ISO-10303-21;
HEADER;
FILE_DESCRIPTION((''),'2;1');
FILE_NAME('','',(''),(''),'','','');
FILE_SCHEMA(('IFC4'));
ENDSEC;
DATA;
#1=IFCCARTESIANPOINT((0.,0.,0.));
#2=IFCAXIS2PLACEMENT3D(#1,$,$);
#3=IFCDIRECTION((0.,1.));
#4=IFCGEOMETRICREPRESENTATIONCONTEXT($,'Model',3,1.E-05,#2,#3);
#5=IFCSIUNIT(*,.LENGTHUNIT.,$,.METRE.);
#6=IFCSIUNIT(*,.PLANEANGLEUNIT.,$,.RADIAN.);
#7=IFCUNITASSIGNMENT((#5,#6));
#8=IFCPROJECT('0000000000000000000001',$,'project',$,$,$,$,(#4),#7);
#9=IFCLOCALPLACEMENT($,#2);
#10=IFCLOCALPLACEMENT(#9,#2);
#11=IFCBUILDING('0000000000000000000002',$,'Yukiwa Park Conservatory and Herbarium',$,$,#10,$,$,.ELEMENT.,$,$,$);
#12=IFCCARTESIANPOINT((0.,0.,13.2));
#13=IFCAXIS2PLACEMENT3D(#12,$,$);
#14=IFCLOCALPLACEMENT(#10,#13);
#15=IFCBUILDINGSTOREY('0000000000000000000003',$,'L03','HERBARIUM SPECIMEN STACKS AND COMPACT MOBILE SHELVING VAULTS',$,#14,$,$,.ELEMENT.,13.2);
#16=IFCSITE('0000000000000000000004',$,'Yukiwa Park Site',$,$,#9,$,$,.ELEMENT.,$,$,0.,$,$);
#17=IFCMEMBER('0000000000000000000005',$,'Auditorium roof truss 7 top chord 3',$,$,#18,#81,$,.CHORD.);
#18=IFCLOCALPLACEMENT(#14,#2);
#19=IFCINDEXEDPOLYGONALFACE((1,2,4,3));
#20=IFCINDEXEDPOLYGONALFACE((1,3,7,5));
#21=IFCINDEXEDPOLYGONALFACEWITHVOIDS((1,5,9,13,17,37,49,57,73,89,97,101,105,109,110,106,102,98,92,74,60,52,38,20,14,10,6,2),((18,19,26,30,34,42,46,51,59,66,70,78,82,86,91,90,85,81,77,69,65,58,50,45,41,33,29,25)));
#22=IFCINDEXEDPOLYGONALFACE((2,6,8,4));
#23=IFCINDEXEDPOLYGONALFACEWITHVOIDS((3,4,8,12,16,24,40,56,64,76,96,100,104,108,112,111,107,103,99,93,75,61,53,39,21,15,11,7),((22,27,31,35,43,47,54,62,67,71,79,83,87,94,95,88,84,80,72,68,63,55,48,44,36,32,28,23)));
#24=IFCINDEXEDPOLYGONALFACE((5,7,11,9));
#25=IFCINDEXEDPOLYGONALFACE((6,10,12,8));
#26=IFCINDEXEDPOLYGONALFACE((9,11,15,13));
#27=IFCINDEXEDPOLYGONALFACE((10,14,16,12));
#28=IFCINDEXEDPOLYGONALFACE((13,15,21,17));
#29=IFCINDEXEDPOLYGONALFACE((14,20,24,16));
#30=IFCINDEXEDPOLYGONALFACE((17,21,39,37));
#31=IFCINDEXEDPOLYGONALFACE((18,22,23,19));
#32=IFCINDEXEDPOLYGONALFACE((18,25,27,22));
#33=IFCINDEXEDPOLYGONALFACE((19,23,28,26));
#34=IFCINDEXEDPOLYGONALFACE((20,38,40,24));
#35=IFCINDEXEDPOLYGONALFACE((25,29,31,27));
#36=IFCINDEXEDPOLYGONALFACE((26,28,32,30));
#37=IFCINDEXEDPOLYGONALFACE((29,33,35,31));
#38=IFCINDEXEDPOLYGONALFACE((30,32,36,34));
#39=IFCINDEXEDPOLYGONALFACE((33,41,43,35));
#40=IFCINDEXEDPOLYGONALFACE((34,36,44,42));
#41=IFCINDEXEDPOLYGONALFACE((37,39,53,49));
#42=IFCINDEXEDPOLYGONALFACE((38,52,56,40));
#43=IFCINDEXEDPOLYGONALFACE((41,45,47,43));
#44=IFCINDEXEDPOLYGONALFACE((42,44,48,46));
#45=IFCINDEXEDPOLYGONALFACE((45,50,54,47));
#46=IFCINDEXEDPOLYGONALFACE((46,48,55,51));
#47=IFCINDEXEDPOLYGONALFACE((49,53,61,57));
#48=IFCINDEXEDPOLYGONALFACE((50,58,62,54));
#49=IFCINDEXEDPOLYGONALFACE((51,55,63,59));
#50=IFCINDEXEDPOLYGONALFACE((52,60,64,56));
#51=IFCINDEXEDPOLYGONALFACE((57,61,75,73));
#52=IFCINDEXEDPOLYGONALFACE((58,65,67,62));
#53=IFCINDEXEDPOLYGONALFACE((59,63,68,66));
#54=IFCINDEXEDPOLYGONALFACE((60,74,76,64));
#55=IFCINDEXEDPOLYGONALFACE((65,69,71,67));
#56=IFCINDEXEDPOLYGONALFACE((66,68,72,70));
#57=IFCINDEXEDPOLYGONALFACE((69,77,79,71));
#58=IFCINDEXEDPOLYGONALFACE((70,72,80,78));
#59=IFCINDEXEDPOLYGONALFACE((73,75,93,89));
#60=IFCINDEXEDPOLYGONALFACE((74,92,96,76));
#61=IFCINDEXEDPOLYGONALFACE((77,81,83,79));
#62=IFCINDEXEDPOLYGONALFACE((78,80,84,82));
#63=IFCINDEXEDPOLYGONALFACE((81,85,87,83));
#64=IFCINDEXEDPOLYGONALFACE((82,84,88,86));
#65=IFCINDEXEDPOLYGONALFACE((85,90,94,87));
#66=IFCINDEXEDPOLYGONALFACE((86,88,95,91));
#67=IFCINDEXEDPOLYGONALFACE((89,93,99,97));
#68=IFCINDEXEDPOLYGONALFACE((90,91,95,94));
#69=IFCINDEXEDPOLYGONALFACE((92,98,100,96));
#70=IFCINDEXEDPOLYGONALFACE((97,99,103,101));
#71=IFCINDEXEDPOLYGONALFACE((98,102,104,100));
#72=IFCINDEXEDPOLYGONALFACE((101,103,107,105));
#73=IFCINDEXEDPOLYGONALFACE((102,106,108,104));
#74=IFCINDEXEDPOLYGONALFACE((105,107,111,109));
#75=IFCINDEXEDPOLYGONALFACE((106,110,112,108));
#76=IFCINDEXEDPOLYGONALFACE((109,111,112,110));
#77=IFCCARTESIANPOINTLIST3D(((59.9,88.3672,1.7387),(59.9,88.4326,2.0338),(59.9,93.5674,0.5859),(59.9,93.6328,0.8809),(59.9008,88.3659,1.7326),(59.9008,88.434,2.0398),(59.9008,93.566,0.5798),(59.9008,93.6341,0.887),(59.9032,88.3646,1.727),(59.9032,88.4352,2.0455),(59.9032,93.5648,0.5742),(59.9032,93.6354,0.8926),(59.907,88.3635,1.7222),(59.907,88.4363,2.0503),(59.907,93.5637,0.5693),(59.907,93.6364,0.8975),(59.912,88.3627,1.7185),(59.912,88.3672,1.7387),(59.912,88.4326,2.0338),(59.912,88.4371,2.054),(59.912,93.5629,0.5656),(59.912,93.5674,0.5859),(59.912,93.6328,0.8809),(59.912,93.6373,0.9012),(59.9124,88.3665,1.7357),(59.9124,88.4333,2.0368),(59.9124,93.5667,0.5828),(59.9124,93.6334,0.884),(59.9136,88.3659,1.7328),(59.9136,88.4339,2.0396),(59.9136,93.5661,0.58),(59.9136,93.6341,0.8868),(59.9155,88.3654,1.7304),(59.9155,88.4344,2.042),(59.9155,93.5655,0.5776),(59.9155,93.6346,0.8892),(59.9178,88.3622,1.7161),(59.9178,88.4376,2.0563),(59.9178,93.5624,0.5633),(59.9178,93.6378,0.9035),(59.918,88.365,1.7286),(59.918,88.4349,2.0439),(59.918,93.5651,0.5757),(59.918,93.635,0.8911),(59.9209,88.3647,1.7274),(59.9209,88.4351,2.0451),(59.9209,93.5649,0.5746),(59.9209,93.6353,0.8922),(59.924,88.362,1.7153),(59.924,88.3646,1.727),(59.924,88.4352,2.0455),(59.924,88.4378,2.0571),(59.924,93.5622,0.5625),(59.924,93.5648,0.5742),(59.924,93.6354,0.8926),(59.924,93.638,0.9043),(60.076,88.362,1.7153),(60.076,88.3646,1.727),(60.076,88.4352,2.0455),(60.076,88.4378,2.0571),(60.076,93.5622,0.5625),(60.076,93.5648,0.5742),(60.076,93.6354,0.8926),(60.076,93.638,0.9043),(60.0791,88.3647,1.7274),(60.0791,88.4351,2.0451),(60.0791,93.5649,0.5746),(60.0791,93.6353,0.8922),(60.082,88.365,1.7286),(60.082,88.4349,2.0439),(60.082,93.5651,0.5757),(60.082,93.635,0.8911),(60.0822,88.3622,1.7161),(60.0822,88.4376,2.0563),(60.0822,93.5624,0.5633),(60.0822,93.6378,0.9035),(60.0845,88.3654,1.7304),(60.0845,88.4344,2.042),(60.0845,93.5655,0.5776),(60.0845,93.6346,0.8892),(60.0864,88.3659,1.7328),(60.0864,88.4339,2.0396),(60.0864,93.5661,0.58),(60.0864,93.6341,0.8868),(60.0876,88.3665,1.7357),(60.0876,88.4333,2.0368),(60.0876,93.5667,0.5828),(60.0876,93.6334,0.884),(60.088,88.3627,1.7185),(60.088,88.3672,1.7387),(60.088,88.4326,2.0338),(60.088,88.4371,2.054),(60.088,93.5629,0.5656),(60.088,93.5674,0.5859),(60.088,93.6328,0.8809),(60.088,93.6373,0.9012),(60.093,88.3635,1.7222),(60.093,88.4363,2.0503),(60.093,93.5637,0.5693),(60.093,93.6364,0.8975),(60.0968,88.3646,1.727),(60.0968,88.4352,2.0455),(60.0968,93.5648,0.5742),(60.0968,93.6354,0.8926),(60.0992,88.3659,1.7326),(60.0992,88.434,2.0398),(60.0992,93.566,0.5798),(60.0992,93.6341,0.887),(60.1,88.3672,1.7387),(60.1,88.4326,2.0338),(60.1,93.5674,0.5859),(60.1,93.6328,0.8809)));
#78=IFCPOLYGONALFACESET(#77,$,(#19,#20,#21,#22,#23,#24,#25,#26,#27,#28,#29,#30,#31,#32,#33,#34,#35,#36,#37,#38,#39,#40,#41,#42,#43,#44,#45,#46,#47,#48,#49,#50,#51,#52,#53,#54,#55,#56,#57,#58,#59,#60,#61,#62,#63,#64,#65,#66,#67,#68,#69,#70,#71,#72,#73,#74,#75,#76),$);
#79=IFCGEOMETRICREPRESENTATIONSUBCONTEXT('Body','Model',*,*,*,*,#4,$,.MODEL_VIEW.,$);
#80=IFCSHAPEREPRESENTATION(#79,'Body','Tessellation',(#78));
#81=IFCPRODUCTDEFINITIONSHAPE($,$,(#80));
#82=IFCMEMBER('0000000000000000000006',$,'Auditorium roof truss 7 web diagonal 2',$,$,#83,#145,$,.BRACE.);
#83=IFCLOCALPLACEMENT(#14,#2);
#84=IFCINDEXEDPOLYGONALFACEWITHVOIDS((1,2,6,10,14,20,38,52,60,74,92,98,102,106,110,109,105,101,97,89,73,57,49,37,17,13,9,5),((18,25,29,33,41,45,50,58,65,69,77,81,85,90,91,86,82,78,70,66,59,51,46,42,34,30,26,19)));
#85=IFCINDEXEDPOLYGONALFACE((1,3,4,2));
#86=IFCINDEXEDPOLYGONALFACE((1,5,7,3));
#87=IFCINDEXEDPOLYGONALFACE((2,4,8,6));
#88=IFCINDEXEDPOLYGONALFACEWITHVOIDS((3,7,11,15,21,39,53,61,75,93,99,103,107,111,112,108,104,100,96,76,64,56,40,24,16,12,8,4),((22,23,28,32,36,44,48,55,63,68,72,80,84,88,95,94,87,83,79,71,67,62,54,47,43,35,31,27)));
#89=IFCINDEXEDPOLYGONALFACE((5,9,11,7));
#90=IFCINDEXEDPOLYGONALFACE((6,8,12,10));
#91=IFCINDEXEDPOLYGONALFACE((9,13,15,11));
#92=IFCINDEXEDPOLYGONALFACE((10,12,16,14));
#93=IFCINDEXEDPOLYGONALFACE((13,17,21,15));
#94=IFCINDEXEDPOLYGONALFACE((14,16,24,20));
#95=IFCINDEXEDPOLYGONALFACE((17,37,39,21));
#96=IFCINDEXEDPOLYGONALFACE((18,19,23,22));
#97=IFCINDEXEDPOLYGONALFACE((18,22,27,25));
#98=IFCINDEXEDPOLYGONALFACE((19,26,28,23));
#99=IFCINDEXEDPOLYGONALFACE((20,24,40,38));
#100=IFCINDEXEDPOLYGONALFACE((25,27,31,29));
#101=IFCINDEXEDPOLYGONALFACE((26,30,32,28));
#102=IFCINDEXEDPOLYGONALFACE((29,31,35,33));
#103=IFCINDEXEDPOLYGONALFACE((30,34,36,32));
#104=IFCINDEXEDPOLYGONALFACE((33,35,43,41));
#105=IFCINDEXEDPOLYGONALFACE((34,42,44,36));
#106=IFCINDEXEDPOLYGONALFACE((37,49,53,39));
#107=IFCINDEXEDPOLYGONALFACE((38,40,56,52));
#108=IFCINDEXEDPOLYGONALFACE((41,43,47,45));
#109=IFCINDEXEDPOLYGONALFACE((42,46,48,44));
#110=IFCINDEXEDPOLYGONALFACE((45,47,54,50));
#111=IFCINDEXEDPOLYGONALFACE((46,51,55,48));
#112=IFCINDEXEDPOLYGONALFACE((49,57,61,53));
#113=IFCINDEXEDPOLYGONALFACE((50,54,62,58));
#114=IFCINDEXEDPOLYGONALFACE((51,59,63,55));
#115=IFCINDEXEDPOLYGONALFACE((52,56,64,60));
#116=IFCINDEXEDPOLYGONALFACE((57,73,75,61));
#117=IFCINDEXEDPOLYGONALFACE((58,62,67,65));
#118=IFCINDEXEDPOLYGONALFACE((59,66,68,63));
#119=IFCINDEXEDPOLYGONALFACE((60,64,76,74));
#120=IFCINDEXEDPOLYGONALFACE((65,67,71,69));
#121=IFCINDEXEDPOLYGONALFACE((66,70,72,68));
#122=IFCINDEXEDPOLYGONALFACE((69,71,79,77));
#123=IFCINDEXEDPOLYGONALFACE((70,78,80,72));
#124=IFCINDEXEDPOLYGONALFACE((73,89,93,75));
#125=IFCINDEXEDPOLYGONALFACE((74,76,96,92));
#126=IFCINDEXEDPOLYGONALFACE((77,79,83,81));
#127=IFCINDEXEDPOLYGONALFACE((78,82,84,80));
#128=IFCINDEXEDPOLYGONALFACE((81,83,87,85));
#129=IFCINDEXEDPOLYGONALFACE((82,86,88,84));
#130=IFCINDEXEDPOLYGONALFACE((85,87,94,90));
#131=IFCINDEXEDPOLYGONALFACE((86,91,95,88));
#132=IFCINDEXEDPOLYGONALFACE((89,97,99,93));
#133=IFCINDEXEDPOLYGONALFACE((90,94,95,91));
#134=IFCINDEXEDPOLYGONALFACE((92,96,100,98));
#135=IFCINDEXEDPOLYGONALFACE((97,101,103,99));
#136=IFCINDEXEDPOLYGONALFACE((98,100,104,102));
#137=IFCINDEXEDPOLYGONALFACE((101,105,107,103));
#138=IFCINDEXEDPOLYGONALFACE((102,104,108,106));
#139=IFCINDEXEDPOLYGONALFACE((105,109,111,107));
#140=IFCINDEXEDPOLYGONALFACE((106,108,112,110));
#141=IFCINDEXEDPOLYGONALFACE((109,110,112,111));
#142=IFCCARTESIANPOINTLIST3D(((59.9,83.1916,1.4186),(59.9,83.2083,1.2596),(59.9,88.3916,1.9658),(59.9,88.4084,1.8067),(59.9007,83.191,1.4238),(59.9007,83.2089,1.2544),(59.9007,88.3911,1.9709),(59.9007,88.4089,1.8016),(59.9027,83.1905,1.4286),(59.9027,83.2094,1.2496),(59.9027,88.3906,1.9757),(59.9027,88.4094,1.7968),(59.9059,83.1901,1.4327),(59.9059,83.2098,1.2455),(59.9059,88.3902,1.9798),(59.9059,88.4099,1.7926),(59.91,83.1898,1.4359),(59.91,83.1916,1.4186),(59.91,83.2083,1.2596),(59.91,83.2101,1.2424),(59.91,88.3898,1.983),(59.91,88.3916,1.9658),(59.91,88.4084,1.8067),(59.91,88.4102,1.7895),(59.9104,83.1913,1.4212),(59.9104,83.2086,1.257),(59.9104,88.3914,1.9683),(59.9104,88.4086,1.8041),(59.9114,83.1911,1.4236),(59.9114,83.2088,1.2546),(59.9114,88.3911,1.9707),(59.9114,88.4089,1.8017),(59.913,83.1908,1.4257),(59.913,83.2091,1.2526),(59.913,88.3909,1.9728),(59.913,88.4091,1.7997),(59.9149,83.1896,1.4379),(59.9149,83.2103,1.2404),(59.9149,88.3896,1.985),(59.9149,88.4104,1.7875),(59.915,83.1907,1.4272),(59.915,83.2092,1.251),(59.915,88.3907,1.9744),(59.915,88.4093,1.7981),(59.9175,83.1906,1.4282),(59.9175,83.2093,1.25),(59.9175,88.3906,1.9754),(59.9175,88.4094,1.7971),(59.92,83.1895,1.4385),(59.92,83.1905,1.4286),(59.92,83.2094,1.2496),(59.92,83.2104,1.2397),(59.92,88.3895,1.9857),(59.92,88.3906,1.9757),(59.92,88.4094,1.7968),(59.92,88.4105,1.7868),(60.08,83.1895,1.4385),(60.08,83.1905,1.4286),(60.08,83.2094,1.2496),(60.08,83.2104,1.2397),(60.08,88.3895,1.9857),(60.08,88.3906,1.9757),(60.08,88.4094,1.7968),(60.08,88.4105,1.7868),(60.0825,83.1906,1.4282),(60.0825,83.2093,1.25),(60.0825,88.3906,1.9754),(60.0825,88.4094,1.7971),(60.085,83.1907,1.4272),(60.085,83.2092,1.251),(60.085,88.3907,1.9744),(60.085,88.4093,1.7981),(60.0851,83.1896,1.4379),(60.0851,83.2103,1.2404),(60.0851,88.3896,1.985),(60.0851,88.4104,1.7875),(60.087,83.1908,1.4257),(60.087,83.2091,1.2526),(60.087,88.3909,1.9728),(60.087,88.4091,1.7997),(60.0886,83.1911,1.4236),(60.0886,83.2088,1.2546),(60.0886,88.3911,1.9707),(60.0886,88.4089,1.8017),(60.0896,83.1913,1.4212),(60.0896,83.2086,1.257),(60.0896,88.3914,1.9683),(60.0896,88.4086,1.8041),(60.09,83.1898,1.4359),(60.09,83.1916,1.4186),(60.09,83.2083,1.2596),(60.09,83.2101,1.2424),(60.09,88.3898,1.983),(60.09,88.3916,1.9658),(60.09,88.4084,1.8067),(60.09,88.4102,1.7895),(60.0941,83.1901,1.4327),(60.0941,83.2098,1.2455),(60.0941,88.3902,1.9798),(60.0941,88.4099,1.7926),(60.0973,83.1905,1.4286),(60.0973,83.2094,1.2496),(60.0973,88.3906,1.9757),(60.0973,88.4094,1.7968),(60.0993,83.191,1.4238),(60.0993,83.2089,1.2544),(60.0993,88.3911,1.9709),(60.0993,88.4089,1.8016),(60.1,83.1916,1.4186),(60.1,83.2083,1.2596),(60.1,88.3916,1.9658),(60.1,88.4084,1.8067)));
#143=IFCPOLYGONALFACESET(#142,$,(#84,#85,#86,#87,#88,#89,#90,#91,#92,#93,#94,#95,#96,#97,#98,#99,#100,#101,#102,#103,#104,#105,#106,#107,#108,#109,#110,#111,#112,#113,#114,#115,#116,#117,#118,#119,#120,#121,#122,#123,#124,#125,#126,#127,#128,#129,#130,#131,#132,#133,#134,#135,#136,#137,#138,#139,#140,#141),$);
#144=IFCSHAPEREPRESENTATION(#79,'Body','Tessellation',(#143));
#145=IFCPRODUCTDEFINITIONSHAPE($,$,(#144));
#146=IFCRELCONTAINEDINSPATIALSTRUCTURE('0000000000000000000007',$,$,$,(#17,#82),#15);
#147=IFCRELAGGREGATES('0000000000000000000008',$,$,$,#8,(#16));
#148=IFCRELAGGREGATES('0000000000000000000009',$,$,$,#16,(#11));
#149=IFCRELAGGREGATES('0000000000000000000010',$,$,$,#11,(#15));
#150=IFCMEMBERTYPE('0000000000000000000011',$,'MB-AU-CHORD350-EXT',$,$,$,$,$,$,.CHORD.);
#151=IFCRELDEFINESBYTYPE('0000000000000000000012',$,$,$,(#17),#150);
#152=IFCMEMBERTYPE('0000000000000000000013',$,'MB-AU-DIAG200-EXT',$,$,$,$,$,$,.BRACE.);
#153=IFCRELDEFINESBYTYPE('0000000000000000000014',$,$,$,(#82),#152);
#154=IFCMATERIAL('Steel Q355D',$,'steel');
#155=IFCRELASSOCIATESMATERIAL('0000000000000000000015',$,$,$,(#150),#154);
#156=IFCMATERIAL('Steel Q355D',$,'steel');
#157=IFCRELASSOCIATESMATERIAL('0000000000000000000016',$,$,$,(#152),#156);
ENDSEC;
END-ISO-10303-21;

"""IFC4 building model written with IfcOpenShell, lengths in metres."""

from ifc_helpers import new_model, si_unit, direction, frame, origin, origin_2d, place, context, subcontext, project, spatial, hollow_rectangle, extrude, material, material_profile, profile_set, type_object, element, save


model = new_model("IFC4")

# Units and contexts
model_context = context("Model", 3, precision=1e-05, world=origin(), true_north=direction((0.0, 1.0)))
body_context = subcontext(model_context, "Body", "Model", "MODEL_VIEW")
ifc_project = project(units=[si_unit("LENGTHUNIT", "METRE"), si_unit("PLANEANGLEUNIT", "RADIAN")], contexts=[model_context])

# Site, building, storey
site_placement = place(None, origin())
site = spatial("IfcSite", under=ifc_project, at=site_placement, Name="Yukiwa Park Site", CompositionType="ELEMENT", RefElevation=0.0)
building_placement = place(site_placement, origin())
building = spatial("IfcBuilding", under=site, at=building_placement, Name="Yukiwa Park Conservatory and Herbarium", CompositionType="ELEMENT")
storey_placement = place(building_placement, frame((0.0, 0.0, 13.2)))
storey = spatial("IfcBuildingStorey", under=building, at=storey_placement, Name="L03", Description="HERBARIUM SPECIMEN STACKS AND COMPACT MOBILE SHELVING VAULTS", CompositionType="ELEMENT", Elevation=13.2)

# Members
ifc_material_1 = material(Name="Steel Q355D", Category="steel")
ifc_material_profile_1 = material_profile(ifc_material_1, hollow_rectangle(XDim=0.2, YDim=0.3501, WallThickness=0.012, InnerFilletRadius=0.012, OuterFilletRadius=0.0239, at=origin_2d()), Name="RHS 350x200x12")
ifc_profile_set_1 = profile_set([ifc_material_profile_1], Name="Steel Q355D")
member_type_1 = type_object("IfcMemberType", Name="MB-AU-CHORD350-EXT", PredefinedType="CHORD", material=ifc_profile_set_1)
member_1_placement = place(storey_placement, frame((60.0, 88.3999, 1.8862), z_axis=(0.0, 0.976297, -0.216435), x_axis=(-1.0, 0.0, 0.0)))
element("IfcMember", 1, at=member_1_placement, inside=storey, type_object=member_type_1, Name="Auditorium roof truss 7 top chord 3", PredefinedType="CHORD", context=body_context, shape_type="SweptSolid", body=[
    extrude(hollow_rectangle(XDim=0.2, YDim=0.3501, WallThickness=0.012, InnerFilletRadius=0.012, OuterFilletRadius=0.0239, at=origin_2d()), origin(), (0.0, 0.0, 1.0), 5.3264),
])
ifc_material_2 = material(Name="Steel Q355D", Category="steel")
ifc_material_profile_2 = material_profile(ifc_material_2, hollow_rectangle(XDim=0.2, YDim=0.2, WallThickness=0.01, InnerFilletRadius=0.01, OuterFilletRadius=0.02, at=origin_2d()), Name="SHS 200x200x10")
ifc_profile_set_2 = profile_set([ifc_material_profile_2], Name="Steel Q355D")
member_type_2 = type_object("IfcMemberType", Name="MB-AU-DIAG200-EXT", PredefinedType="BRACE", material=ifc_profile_set_2)
member_2_placement = place(storey_placement, frame((60.0, 83.2, 1.3391), z_axis=(0.0, 0.99451, 0.104639), x_axis=(-1.0, 0.0, 0.0)))
element("IfcMember", 2, at=member_2_placement, inside=storey, type_object=member_type_2, Name="Auditorium roof truss 7 web diagonal 2", PredefinedType="BRACE", context=body_context, shape_type="SweptSolid", body=[
    extrude(hollow_rectangle(XDim=0.2, YDim=0.2, WallThickness=0.01, InnerFilletRadius=0.01, OuterFilletRadius=0.02, at=origin_2d()), origin(), (0.0, 0.0, 1.0), 5.2288),
])

save(model, "model.ifc")
